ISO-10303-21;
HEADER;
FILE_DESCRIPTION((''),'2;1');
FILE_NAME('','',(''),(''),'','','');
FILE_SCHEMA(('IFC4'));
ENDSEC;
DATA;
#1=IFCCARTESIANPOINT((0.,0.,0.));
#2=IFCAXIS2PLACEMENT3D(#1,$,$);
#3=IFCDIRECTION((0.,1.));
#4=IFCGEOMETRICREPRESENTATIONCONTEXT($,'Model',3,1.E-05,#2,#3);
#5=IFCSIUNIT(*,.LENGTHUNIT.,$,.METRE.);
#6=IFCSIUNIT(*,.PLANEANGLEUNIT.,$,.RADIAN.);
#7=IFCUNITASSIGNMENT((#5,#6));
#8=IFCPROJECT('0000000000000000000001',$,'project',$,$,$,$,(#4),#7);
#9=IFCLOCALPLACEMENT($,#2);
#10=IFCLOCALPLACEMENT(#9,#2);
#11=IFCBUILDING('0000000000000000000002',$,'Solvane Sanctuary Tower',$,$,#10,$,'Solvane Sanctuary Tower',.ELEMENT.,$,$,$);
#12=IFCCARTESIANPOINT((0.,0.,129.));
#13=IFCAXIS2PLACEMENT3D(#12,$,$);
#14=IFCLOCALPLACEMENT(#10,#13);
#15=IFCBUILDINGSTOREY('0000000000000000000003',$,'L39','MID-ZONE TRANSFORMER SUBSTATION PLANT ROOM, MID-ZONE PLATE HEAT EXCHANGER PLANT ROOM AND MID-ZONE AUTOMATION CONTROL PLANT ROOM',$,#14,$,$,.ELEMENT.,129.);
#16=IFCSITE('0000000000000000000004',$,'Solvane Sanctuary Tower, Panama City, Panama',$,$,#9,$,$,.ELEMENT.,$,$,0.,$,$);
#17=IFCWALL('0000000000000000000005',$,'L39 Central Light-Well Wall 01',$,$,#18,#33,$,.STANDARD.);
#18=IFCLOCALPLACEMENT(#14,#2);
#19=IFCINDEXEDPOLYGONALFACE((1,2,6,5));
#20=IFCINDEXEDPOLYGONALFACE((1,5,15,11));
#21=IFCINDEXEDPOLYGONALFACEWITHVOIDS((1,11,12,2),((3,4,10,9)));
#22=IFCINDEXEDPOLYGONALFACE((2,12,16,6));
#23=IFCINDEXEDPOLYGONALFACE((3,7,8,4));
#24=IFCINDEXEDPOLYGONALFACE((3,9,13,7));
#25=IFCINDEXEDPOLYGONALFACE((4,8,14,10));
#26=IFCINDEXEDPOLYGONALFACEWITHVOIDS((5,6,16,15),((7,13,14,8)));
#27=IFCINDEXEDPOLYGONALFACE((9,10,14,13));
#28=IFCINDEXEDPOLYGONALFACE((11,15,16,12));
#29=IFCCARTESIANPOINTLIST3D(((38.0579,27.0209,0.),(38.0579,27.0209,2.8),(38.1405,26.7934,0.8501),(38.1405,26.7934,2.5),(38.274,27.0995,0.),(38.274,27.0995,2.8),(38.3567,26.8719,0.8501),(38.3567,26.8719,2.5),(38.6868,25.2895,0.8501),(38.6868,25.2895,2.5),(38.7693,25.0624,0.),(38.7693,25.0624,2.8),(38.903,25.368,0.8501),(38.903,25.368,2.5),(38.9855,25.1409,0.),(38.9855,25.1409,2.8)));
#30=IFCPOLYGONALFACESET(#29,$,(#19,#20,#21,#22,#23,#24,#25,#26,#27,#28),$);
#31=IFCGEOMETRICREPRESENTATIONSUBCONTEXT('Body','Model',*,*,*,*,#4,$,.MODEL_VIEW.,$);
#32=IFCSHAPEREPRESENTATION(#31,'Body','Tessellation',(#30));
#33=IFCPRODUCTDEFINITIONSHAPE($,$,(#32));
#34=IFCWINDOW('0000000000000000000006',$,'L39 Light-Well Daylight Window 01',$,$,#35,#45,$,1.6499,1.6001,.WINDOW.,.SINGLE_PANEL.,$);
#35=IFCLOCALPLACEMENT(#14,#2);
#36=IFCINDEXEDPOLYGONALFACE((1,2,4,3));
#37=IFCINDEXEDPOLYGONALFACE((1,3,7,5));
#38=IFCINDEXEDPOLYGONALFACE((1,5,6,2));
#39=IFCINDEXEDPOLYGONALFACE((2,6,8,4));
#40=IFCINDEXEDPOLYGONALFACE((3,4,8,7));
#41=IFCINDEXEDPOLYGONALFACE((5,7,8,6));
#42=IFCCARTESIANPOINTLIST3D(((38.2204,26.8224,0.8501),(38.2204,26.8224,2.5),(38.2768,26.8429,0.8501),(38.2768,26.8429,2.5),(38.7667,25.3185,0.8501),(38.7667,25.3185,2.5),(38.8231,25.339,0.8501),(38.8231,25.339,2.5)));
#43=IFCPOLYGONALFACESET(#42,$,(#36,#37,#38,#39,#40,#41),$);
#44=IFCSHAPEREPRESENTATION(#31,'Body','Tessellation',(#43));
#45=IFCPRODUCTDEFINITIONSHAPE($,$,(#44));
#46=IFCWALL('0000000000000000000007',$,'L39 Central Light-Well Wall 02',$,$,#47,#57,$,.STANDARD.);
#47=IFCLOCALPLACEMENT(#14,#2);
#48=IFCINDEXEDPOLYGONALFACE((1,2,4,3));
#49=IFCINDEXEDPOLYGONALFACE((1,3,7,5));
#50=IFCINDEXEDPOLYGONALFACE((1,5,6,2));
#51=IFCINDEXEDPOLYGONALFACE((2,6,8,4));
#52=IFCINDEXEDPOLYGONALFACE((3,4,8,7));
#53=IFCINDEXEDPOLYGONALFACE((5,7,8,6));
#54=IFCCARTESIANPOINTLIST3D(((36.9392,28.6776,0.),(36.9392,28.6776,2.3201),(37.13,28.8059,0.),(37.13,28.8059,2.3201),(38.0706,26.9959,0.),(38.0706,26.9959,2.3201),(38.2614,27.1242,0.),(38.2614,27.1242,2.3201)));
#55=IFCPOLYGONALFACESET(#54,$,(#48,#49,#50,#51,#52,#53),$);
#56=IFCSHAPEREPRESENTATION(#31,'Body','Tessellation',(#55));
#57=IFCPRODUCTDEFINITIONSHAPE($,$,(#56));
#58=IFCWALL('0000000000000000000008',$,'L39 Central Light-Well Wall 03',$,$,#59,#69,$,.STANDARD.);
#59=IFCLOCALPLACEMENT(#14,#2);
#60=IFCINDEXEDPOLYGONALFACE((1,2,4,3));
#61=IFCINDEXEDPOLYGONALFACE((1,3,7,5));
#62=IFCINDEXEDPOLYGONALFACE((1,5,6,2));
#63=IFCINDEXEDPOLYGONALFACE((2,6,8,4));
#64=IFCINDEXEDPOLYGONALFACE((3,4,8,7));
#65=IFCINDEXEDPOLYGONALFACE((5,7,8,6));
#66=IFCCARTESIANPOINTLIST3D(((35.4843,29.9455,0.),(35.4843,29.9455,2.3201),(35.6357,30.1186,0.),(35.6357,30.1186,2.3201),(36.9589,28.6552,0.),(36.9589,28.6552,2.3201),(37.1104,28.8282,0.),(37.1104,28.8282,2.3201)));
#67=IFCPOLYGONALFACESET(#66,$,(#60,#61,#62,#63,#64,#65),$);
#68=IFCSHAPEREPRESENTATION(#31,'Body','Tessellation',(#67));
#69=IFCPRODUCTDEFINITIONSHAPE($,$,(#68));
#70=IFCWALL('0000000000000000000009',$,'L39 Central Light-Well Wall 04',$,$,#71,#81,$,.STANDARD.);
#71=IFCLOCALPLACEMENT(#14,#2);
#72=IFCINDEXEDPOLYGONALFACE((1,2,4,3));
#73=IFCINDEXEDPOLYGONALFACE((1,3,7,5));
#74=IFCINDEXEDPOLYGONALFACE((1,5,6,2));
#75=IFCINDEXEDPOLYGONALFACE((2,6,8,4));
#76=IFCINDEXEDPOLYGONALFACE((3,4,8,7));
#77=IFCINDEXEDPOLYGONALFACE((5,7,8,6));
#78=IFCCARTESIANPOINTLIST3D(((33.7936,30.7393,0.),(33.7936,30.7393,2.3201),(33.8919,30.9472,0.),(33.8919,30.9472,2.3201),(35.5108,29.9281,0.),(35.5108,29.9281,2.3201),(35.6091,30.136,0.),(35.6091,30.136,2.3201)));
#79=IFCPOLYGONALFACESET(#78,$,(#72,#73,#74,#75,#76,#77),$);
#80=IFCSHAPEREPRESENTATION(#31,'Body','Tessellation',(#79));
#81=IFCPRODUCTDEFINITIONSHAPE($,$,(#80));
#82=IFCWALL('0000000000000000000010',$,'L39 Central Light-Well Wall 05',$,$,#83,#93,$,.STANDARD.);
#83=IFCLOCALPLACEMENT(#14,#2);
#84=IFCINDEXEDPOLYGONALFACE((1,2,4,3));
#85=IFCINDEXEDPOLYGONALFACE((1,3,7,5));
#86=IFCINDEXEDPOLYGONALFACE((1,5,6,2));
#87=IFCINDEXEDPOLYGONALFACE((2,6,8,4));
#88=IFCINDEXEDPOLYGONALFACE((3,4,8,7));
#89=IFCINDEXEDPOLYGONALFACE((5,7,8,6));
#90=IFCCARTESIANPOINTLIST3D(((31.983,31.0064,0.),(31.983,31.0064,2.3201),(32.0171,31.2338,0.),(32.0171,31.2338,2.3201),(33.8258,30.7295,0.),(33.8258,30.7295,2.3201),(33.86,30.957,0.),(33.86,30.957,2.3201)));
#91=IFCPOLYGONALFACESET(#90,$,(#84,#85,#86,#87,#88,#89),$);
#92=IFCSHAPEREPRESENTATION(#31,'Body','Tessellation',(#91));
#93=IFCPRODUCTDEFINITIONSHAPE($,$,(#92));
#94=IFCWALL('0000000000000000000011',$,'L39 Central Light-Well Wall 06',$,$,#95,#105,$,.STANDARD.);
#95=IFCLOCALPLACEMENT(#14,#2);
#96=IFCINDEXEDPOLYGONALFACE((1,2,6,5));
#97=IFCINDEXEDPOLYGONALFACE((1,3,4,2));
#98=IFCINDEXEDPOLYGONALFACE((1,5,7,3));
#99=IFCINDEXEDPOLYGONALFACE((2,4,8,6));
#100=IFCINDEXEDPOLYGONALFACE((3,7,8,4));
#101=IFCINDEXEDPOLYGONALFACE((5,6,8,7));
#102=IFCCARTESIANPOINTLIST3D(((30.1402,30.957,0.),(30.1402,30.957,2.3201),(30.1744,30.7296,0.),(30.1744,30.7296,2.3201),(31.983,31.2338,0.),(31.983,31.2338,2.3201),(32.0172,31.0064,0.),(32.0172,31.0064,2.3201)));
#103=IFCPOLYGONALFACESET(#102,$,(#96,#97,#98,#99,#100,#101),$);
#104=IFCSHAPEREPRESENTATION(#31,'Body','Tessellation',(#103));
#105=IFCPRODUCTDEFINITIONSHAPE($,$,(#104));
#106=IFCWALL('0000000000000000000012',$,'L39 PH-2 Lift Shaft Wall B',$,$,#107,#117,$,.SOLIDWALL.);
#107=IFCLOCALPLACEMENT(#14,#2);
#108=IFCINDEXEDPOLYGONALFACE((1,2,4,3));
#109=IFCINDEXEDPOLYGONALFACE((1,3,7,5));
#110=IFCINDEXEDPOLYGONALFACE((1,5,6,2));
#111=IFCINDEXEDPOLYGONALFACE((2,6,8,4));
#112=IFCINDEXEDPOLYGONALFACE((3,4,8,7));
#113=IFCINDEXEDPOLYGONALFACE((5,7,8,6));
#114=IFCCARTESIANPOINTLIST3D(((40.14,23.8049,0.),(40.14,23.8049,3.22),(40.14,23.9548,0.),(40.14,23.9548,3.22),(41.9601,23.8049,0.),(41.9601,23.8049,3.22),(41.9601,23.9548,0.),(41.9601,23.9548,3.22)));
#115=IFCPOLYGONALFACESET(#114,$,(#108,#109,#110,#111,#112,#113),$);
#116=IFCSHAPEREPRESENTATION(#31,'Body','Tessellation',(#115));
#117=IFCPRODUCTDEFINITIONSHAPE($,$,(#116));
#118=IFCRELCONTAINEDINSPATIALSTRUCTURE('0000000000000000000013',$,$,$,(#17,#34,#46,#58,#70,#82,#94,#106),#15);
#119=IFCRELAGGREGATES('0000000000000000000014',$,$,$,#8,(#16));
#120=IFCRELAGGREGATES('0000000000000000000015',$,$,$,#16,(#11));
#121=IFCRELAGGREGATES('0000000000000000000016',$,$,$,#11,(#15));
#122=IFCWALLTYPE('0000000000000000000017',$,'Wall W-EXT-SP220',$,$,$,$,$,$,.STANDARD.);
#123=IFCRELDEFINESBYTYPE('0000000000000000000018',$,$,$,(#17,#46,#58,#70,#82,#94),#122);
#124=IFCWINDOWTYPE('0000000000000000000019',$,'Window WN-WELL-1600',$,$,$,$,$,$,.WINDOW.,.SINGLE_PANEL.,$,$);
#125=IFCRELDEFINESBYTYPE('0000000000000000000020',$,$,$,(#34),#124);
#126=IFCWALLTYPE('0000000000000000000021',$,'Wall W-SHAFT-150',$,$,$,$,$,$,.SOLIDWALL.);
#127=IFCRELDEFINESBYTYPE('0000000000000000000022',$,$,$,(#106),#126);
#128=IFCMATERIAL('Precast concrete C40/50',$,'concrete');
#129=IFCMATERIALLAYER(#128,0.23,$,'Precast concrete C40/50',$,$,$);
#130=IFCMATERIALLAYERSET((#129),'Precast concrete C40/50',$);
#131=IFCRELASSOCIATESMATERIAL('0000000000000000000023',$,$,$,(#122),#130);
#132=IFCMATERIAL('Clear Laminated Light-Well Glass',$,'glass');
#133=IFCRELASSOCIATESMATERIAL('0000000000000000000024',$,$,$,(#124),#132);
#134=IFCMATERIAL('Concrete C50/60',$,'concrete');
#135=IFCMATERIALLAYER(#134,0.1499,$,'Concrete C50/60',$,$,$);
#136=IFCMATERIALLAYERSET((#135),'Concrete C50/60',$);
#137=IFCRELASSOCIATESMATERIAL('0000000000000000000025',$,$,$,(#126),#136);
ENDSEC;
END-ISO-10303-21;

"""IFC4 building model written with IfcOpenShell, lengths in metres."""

from ifc_helpers import new_model, si_unit, direction, frame, frame_2d, origin, place, context, subcontext, project, spatial, rectangle, extrude, material, layer, layer_set, type_object, element, fill, save


model = new_model("IFC4")

# Units and contexts
model_context = context("Model", 3, precision=1e-05, world=origin(), true_north=direction((0.0, 1.0)))
body_context = subcontext(model_context, "Body", "Model", "MODEL_VIEW")
ifc_project = project(units=[si_unit("LENGTHUNIT", "METRE"), si_unit("PLANEANGLEUNIT", "RADIAN")], contexts=[model_context])

# Site, building, storey
site_placement = place(None, origin())
site = spatial("IfcSite", under=ifc_project, at=site_placement, Name="Solvane Sanctuary Tower, Panama City, Panama", CompositionType="ELEMENT", RefElevation=0.0)
building_placement = place(site_placement, origin())
building = spatial("IfcBuilding", under=site, at=building_placement, Name="Solvane Sanctuary Tower", LongName="Solvane Sanctuary Tower", CompositionType="ELEMENT")
storey_placement = place(building_placement, frame((0.0, 0.0, 129.0)))
storey = spatial("IfcBuildingStorey", under=building, at=storey_placement, Name="L39", Description="MID-ZONE TRANSFORMER SUBSTATION PLANT ROOM, MID-ZONE PLATE HEAT EXCHANGER PLANT ROOM AND MID-ZONE AUTOMATION CONTROL PLANT ROOM", CompositionType="ELEMENT", Elevation=129.0)

# Shared definitions
ifc_material_1 = material(Name="Concrete C50/60", Category="concrete")

# Shared definitions
ifc_material_2 = material(Name="Precast concrete C40/50", Category="concrete")
ifc_layer_1 = layer(ifc_material_2, 0.23, Name="Precast concrete C40/50")
ifc_layer_set_1 = layer_set([ifc_layer_1], Name="Precast concrete C40/50")
wall_type_1 = type_object("IfcWallType", Name="Wall W-EXT-SP220", PredefinedType="STANDARD", material=ifc_layer_set_1)

# Wall, opening, window
wall_1_placement = place(storey_placement, frame((38.8774, 25.1016, 0.0), z_axis=(0.0, 0.0, 1.0), x_axis=(-0.341423, 0.93991, 0.0)))
wall_1 = element("IfcWall", 1, at=wall_1_placement, inside=storey, type_object=wall_type_1, Name="L39 Central Light-Well Wall 01", PredefinedType="STANDARD", context=body_context, shape_type="SweptSolid", body=[
    extrude(rectangle(XDim=2.0837, YDim=0.23, at=frame_2d((1.042, 0.0))), origin(), (0.0, 0.0, 1.0), 2.8),
])
opening_1_placement = place(wall_1_placement, frame((0.2417, 0.0, 0.8501)))
opening_1 = element("IfcOpeningElement", 2, at=opening_1_placement, cuts=wall_1, PredefinedType="OPENING", context=body_context, shape_type="SweptSolid", body=[
    extrude(rectangle(XDim=1.6001, YDim=1.6499, at=frame_2d((0.8, 0.825))), frame((0.0, 0.125, 0.0), z_axis=(0.0, -1.0, 0.0), x_axis=(1.0, 0.0, 0.0)), (0.0, 0.0, 1.0), 0.25),
])
ifc_material_3 = material(Name="Clear Laminated Light-Well Glass", Category="glass")
window_type = type_object("IfcWindowType", Name="Window WN-WELL-1600", PartitioningType="SINGLE_PANEL", PredefinedType="WINDOW", material=ifc_material_3)
window_placement = place(opening_1_placement, origin())
window = element("IfcWindow", 3, at=window_placement, inside=storey, type_object=window_type, Name="L39 Light-Well Daylight Window 01", OverallHeight=1.6499, OverallWidth=1.6001, PartitioningType="SINGLE_PANEL", PredefinedType="WINDOW", context=body_context, shape_type="SweptSolid", body=[
    extrude(rectangle(XDim=1.6001, YDim=1.6499, at=frame_2d((0.8, 0.825))), frame((0.0, 0.03, 0.0), z_axis=(0.0, -1.0, 0.0), x_axis=(1.0, 0.0, 0.0)), (0.0, 0.0, 1.0), 0.0601),
])
fill(opening_1, window)

# Walls
wall_2_placement = place(storey_placement, frame((38.166, 27.0601, 0.0), z_axis=(0.0, 0.0, 1.0), x_axis=(-0.558198, 0.829708, 0.0)))
element("IfcWall", 4, at=wall_2_placement, inside=storey, type_object=wall_type_1, Name="L39 Central Light-Well Wall 02", PredefinedType="STANDARD", context=body_context, shape_type="SweptSolid", body=[
    extrude(rectangle(XDim=2.0269, YDim=0.23, at=frame_2d((1.0134, 0.0))), origin(), (0.0, 0.0, 1.0), 2.3201),
])
wall_3_placement = place(storey_placement, frame((37.0347, 28.7417, 0.0), z_axis=(0.0, 0.0, 1.0), x_axis=(-0.752577, 0.658505, 0.0)))
element("IfcWall", 5, at=wall_3_placement, inside=storey, type_object=wall_type_1, Name="L39 Central Light-Well Wall 03", PredefinedType="STANDARD", context=body_context, shape_type="SweptSolid", body=[
    extrude(rectangle(XDim=1.9595, YDim=0.23, at=frame_2d((0.9797, 0.0))), origin(), (0.0, 0.0, 1.0), 2.3201),
])
wall_4_placement = place(storey_placement, frame((35.5601, 30.032, 0.0), z_axis=(0.0, 0.0, 1.0), x_axis=(-0.90418, 0.427152, 0.0)))
element("IfcWall", 6, at=wall_4_placement, inside=storey, type_object=wall_type_1, Name="L39 Central Light-Well Wall 04", PredefinedType="STANDARD", context=body_context, shape_type="SweptSolid", body=[
    extrude(rectangle(XDim=1.8992, YDim=0.23, at=frame_2d((0.9497, 0.0))), origin(), (0.0, 0.0, 1.0), 2.3201),
])
for number, where, z_axis, x_axis, name in (
    (7, (33.8428, 30.8433, 0.0), (0.0, 0.0, 1.0), (-0.988902, 0.148571, 0.0), "L39 Central Light-Well Wall 05"),
    (8, (32.0, 31.1201, 0.0), (0.0, 0.0, 1.0), (-0.988902, -0.148571, 0.0), "L39 Central Light-Well Wall 06"),
):
    element("IfcWall", number, at=place(storey_placement, frame(where, z_axis=z_axis, x_axis=x_axis)), inside=storey, type_object=wall_type_1, Name=name, PredefinedType="STANDARD", context=body_context, shape_type="SweptSolid", body=[
        extrude(rectangle(XDim=1.8635, YDim=0.23, at=frame_2d((0.9316, 0.0))), origin(), (0.0, 0.0, 1.0), 2.3201),
    ])
ifc_layer_2 = layer(ifc_material_1, 0.1499, Name="Concrete C50/60")
ifc_layer_set_2 = layer_set([ifc_layer_2], Name="Concrete C50/60")
wall_type_2 = type_object("IfcWallType", Name="Wall W-SHAFT-150", PredefinedType="SOLIDWALL", material=ifc_layer_set_2)
wall_5_placement = place(storey_placement, frame((40.1399, 23.8799, 0.0), z_axis=(0.0, 0.0, 1.0), x_axis=(1.0, 0.0, 0.0)))
element("IfcWall", 9, at=wall_5_placement, inside=storey, type_object=wall_type_2, Name="L39 PH-2 Lift Shaft Wall B", PredefinedType="SOLIDWALL", context=body_context, shape_type="SweptSolid", body=[
    extrude(rectangle(XDim=1.8201, YDim=0.1499, at=frame_2d((0.9102, 0.0))), origin(), (0.0, 0.0, 1.0), 3.22),
])

save(model, "model.ifc")
